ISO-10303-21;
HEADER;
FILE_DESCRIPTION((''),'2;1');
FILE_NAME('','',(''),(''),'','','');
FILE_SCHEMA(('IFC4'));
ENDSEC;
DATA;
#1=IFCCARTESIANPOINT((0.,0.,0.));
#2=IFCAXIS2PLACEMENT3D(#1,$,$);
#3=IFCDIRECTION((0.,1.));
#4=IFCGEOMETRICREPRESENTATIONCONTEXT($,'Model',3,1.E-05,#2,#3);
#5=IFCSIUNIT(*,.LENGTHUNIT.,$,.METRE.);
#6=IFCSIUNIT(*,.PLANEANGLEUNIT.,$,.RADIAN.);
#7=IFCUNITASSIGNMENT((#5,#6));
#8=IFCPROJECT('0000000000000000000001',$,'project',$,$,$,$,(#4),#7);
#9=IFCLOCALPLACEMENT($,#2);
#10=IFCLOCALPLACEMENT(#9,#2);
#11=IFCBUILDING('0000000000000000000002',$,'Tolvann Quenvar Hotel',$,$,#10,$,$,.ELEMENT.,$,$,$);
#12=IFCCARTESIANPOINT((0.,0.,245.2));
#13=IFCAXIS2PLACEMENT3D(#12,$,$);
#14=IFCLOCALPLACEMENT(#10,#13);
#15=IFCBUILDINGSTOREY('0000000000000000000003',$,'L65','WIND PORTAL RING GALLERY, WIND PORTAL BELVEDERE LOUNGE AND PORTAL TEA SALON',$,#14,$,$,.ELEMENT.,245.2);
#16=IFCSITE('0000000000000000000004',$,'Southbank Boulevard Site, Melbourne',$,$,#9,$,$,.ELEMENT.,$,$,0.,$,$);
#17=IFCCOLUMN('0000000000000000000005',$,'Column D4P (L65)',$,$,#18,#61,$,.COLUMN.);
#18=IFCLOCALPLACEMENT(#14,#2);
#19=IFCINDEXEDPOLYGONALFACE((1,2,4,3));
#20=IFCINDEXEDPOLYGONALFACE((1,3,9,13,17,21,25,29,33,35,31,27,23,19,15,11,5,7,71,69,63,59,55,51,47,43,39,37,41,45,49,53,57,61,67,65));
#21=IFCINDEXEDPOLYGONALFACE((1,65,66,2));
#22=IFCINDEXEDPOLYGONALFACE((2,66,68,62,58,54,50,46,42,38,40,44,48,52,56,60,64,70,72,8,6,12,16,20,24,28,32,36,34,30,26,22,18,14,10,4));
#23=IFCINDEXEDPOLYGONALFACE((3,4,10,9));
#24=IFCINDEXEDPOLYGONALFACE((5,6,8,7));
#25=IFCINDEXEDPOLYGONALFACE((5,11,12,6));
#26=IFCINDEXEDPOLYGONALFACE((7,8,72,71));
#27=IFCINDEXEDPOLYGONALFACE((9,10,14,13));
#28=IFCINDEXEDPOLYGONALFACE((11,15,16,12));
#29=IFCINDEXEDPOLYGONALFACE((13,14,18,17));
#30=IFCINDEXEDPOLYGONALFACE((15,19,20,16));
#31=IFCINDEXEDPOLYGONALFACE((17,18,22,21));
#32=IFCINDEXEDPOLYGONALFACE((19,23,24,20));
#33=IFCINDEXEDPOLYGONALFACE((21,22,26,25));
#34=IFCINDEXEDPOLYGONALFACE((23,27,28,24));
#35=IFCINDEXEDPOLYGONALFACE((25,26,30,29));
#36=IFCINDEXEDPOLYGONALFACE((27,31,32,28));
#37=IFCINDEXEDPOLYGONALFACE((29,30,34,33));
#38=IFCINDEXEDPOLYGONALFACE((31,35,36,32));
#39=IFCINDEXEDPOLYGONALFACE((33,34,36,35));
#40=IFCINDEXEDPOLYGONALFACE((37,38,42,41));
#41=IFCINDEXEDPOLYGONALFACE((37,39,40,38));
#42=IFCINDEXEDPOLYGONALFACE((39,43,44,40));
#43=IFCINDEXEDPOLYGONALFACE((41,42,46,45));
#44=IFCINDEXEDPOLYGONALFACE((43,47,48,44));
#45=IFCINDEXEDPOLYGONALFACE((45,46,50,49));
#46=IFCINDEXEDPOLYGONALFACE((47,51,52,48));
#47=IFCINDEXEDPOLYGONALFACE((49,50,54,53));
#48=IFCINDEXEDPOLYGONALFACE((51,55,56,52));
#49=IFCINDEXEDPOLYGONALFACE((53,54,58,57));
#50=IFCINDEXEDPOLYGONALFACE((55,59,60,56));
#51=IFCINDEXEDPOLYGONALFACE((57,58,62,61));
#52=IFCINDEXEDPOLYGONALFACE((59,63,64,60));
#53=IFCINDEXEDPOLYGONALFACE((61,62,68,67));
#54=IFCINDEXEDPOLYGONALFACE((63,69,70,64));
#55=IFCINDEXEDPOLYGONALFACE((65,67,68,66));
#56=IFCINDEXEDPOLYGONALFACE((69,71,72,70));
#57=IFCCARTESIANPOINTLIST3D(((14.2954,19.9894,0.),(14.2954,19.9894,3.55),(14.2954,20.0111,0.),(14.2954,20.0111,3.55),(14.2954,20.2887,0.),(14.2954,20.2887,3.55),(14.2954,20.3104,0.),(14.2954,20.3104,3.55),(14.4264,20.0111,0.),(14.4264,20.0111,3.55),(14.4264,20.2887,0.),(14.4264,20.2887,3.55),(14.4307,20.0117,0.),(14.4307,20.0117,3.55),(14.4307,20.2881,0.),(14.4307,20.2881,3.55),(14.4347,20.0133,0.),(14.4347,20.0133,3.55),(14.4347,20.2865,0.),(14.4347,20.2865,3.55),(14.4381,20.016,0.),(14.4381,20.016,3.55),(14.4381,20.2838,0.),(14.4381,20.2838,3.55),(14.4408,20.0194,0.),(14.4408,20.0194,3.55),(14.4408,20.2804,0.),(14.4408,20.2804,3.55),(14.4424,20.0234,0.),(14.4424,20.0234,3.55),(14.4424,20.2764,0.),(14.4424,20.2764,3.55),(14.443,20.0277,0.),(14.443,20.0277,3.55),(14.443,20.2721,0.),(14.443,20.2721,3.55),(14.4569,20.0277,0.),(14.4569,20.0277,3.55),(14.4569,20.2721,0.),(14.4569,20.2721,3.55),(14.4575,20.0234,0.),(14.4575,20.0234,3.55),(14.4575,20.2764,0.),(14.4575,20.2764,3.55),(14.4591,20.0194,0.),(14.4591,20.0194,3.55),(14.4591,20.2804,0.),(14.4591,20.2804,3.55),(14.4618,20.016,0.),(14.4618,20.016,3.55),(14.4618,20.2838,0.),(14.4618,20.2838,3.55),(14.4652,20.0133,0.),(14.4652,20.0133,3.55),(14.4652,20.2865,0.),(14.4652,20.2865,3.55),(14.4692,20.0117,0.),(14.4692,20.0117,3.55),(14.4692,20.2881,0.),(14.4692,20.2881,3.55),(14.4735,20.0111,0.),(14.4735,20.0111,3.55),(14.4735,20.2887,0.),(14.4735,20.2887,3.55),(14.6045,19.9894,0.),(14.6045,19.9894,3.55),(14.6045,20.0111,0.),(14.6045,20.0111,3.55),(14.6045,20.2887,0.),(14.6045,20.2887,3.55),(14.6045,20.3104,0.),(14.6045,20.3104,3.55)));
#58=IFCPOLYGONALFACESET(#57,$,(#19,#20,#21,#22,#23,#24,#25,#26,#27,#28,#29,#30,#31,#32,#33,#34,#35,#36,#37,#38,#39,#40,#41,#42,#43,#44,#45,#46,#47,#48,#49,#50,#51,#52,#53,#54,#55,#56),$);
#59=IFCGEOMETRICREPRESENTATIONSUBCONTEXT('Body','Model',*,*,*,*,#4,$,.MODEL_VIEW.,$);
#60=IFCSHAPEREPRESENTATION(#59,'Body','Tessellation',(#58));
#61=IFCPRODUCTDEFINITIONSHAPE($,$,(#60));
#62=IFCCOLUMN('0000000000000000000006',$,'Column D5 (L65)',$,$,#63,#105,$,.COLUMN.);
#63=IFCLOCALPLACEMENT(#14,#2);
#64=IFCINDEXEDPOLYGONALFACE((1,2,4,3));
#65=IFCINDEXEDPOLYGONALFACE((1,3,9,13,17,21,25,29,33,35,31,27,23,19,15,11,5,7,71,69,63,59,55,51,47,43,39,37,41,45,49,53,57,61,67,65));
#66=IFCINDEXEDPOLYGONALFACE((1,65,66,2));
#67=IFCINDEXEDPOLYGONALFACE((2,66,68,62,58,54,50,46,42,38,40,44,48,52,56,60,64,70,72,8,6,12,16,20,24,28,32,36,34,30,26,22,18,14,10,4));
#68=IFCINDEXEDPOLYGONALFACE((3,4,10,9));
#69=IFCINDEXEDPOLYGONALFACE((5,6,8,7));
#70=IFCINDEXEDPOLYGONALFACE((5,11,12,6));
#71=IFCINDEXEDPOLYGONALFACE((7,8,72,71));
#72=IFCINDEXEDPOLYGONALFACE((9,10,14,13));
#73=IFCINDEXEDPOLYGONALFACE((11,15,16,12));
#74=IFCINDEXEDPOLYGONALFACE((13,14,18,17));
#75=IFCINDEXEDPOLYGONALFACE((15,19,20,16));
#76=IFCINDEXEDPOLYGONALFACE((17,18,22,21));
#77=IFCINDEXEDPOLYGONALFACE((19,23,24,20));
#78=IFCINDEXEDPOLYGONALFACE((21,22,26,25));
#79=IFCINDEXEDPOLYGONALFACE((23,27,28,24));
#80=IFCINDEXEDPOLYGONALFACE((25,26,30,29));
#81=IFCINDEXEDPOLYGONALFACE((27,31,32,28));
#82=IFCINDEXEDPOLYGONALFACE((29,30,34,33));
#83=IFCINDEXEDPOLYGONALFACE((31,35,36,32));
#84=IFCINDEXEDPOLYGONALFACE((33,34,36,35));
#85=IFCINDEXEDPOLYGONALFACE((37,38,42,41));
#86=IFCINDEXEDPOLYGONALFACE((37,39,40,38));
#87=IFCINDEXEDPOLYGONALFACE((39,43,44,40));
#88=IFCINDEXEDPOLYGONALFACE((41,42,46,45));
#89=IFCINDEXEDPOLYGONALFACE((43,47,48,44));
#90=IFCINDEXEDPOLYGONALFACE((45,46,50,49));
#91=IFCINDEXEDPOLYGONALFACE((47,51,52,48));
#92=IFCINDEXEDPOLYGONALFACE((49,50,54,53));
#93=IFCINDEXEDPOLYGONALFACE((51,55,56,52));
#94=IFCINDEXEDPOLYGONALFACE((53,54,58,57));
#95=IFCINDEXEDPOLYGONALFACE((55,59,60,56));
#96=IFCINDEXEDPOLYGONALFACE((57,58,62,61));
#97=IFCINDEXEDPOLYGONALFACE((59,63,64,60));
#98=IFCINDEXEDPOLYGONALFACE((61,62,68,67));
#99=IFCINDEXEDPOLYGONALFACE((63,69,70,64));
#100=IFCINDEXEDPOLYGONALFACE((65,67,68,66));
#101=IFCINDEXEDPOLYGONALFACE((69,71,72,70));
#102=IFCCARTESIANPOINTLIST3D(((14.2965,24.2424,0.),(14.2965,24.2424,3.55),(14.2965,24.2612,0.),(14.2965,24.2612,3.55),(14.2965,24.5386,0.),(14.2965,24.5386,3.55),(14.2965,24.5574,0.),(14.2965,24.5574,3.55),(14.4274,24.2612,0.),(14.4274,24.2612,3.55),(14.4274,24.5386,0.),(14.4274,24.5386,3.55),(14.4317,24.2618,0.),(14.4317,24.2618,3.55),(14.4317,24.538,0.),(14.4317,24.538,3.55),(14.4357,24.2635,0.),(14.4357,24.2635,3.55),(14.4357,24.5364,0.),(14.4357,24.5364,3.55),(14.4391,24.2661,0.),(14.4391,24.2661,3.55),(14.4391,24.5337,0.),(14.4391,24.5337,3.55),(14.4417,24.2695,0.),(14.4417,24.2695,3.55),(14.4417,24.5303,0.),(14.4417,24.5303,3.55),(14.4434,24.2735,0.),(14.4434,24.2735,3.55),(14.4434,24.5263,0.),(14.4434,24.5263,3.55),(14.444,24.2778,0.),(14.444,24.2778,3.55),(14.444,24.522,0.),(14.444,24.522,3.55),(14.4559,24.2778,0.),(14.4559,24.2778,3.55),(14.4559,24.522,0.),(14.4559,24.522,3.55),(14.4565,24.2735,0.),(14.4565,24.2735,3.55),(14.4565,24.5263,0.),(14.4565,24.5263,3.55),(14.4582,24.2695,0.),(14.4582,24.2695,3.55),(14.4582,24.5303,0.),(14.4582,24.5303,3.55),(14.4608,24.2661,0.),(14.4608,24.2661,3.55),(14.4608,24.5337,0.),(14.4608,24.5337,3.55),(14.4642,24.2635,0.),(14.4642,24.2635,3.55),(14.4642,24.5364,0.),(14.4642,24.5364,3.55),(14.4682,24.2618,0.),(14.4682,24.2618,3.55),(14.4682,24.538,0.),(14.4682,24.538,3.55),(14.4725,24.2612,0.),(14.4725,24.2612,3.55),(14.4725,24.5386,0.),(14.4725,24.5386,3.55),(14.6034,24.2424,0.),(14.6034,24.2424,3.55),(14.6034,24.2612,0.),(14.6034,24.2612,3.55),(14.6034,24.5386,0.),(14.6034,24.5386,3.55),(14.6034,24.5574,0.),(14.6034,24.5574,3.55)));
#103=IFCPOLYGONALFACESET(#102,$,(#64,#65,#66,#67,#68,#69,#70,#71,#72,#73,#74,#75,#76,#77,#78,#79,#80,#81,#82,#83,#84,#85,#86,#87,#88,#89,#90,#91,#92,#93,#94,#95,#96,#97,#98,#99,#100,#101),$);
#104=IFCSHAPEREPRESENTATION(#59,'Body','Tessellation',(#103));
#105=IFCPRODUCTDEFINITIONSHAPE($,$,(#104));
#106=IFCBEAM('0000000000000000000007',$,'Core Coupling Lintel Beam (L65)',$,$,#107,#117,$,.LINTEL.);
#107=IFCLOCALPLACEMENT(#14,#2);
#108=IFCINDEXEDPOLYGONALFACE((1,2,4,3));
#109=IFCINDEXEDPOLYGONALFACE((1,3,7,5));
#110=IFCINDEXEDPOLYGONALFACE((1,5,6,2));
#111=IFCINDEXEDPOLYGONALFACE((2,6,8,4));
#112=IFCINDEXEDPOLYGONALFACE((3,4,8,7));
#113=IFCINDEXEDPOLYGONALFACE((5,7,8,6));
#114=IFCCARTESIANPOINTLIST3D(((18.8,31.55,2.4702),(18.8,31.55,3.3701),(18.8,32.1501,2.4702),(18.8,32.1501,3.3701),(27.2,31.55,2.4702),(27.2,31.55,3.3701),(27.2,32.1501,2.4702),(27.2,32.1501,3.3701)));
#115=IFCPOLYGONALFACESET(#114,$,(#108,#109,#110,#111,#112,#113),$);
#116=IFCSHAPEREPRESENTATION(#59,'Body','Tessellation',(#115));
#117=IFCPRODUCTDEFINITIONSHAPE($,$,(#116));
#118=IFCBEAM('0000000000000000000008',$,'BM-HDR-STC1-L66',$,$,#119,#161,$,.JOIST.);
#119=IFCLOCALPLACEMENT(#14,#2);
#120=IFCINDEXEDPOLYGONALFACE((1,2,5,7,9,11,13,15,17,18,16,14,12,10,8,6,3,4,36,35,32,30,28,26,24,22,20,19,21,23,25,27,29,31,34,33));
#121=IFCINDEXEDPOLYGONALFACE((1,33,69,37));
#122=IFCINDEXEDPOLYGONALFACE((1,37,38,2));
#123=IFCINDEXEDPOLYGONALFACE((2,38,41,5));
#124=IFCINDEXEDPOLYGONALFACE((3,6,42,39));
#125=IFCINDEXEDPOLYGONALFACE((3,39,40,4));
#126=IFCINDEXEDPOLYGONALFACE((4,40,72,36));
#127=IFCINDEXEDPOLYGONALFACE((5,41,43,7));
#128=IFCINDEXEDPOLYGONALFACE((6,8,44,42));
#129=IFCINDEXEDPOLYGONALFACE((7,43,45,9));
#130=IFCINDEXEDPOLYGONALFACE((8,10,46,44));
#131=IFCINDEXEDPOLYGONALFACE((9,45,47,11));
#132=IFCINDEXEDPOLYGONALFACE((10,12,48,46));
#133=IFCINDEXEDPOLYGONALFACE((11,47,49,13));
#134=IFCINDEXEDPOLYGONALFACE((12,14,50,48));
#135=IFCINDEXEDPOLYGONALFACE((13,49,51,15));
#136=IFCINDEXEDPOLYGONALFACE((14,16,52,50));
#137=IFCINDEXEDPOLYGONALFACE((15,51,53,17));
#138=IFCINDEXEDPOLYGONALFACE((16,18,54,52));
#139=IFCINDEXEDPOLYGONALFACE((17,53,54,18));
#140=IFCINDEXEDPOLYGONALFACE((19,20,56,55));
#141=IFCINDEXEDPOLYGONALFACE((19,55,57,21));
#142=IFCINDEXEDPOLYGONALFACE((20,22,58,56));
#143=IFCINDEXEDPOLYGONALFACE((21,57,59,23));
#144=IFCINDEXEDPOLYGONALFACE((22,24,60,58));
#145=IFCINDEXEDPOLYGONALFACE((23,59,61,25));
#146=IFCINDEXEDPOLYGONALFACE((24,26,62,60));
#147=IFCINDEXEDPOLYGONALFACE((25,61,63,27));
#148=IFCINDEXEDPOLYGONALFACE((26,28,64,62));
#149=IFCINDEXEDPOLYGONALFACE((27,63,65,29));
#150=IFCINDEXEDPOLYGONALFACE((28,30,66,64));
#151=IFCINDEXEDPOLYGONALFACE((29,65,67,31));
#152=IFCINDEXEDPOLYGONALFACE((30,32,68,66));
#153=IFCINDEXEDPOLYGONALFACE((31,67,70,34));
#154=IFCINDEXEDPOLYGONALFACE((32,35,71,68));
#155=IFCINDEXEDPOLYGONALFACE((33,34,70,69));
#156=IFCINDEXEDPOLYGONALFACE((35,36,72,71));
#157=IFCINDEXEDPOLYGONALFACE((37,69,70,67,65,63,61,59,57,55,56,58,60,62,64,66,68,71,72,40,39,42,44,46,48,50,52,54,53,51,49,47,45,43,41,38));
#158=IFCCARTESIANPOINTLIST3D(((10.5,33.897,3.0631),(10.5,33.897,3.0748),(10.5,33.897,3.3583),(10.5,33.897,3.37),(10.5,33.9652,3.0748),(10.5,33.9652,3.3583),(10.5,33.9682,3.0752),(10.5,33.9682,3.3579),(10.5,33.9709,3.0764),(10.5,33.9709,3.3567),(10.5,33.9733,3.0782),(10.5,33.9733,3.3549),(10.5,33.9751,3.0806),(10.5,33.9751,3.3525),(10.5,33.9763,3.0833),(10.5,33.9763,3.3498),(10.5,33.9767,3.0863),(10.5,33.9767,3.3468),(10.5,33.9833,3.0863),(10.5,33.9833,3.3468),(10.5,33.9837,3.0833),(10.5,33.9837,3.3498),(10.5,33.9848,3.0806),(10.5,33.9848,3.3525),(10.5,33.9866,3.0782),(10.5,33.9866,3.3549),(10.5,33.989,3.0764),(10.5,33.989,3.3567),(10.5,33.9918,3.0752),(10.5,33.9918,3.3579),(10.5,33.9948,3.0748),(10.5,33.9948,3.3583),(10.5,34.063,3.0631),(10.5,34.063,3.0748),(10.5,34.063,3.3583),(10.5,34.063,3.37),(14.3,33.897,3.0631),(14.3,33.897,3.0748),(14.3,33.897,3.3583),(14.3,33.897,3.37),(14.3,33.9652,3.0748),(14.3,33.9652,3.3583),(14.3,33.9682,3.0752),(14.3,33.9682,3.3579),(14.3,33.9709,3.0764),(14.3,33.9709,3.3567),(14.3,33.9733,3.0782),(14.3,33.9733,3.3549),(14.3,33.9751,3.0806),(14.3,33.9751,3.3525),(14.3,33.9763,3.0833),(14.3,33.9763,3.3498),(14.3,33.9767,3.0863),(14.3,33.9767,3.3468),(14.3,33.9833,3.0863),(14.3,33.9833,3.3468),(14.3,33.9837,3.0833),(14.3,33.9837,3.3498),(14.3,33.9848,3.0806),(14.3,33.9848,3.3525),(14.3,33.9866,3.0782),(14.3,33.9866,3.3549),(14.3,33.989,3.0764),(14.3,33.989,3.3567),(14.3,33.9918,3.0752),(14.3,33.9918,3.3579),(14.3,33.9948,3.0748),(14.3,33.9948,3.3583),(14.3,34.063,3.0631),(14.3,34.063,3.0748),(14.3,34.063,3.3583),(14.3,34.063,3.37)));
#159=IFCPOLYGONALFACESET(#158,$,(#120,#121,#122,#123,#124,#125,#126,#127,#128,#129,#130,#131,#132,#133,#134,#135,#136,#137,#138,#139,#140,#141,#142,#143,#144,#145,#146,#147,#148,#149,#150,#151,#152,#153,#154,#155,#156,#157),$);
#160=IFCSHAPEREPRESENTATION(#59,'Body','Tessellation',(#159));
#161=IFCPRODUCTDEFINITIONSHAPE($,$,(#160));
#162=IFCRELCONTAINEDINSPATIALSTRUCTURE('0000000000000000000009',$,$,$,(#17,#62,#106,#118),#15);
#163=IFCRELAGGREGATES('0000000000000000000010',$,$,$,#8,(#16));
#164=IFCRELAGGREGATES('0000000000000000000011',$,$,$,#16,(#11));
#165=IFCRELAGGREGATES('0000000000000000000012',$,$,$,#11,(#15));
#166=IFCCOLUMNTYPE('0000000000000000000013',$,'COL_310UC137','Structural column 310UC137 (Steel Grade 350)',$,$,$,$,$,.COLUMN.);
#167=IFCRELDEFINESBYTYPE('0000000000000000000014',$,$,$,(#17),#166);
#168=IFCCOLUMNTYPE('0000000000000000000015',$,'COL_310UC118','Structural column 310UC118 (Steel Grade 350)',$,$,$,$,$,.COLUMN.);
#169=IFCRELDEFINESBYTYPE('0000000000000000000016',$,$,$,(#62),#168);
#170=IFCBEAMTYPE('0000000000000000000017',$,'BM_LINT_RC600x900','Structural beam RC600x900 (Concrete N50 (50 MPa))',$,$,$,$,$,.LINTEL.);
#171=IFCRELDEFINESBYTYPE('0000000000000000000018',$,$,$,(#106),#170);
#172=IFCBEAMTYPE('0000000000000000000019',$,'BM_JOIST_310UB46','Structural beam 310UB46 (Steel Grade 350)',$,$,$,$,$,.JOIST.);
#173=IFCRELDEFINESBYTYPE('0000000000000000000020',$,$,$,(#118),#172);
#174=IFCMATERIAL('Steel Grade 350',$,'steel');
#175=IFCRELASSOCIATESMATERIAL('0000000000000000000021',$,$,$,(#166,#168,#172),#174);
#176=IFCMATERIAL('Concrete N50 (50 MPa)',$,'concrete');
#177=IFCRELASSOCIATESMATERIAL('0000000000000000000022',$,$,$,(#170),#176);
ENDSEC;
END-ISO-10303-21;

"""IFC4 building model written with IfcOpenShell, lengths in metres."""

from ifc_helpers import new_model, si_unit, direction, frame, origin, origin_2d, place, context, subcontext, project, spatial, rectangle, i_section, extrude, source, transform, mapped, material, material_profile, profile_set, type_object, type_shapes, element, save


model = new_model("IFC4")

# Units and contexts
model_context = context("Model", 3, precision=1e-05, world=origin(), true_north=direction((0.0, 1.0)))
body_context = subcontext(model_context, "Body", "Model", "MODEL_VIEW")
ifc_project = project(units=[si_unit("LENGTHUNIT", "METRE"), si_unit("PLANEANGLEUNIT", "RADIAN")], contexts=[model_context])

# Site, building, storey
site_placement = place(None, origin())
site = spatial("IfcSite", under=ifc_project, at=site_placement, Name="Southbank Boulevard Site, Melbourne", CompositionType="ELEMENT", RefElevation=0.0)
building_placement = place(site_placement, origin())
building = spatial("IfcBuilding", under=site, at=building_placement, Name="Tolvann Quenvar Hotel", CompositionType="ELEMENT")
storey_placement = place(building_placement, frame((0.0, 0.0, 245.2)))
storey = spatial("IfcBuildingStorey", under=building, at=storey_placement, Name="L65", Description="WIND PORTAL RING GALLERY, WIND PORTAL BELVEDERE LOUNGE AND PORTAL TEA SALON", CompositionType="ELEMENT", Elevation=245.2)

# Columns
ifc_material_1 = material(Name="Steel Grade 350", Category="steel")
ifc_material_profile_1 = material_profile(ifc_material_1, i_section(OverallWidth=0.3091, OverallDepth=0.321, WebThickness=0.0139, FlangeThickness=0.0217, FilletRadius=0.0166, at=origin_2d()), Name="310UC137")
ifc_profile_set_1 = profile_set([ifc_material_profile_1], Name="Steel Grade 350")
column_type_1 = type_object("IfcColumnType", Name="COL_310UC137", Description="Structural column 310UC137 (Steel Grade 350)", PredefinedType="COLUMN", material=ifc_profile_set_1)
shared_shape_1 = source(origin(), body_context, "Body", "SweptSolid", [
    extrude(i_section(OverallWidth=0.3091, OverallDepth=0.321, WebThickness=0.0139, FlangeThickness=0.0217, FilletRadius=0.0166, at=origin_2d()), origin(), (0.0, 0.0, 1.0), 3.55),
])
type_shapes(column_type_1, [shared_shape_1])
column_1_placement = place(storey_placement, frame((14.45, 20.1499, 0.0), z_axis=(0.0, 0.0, 1.0), x_axis=(1.0, 0.0, 0.0)))
element("IfcColumn", 1, at=column_1_placement, inside=storey, type_object=column_type_1, Name="Column D4P (L65)", PredefinedType="COLUMN", context=body_context, shape_type="MappedRepresentation", body=[
    mapped(shared_shape_1, transform((0.0, 0.0, 0.0), x_axis=(1.0, 0.0, 0.0), y_axis=(0.0, 1.0, 0.0), z_axis=(0.0, 0.0, 1.0), scale=1.0)),
])
ifc_material_profile_2 = material_profile(ifc_material_1, i_section(OverallWidth=0.3069, OverallDepth=0.3149, WebThickness=0.012, FlangeThickness=0.0188, FilletRadius=0.0166, at=origin_2d()), Name="310UC118")
ifc_profile_set_2 = profile_set([ifc_material_profile_2], Name="Steel Grade 350")
column_type_2 = type_object("IfcColumnType", Name="COL_310UC118", Description="Structural column 310UC118 (Steel Grade 350)", PredefinedType="COLUMN", material=ifc_profile_set_2)
shared_shape_2 = source(origin(), body_context, "Body", "SweptSolid", [
    extrude(i_section(OverallWidth=0.3069, OverallDepth=0.3149, WebThickness=0.012, FlangeThickness=0.0188, FilletRadius=0.0166, at=origin_2d()), origin(), (0.0, 0.0, 1.0), 3.55),
])
type_shapes(column_type_2, [shared_shape_2])
column_2_placement = place(storey_placement, frame((14.45, 24.3999, 0.0), z_axis=(0.0, 0.0, 1.0), x_axis=(1.0, 0.0, 0.0)))
element("IfcColumn", 2, at=column_2_placement, inside=storey, type_object=column_type_2, Name="Column D5 (L65)", PredefinedType="COLUMN", context=body_context, shape_type="MappedRepresentation", body=[
    mapped(shared_shape_2, transform((0.0, 0.0, 0.0), x_axis=(1.0, 0.0, 0.0), y_axis=(0.0, 1.0, 0.0), z_axis=(0.0, 0.0, 1.0), scale=1.0)),
])

# Beams
ifc_material_2 = material(Name="Concrete N50 (50 MPa)", Category="concrete")
ifc_material_profile_3 = material_profile(ifc_material_2, rectangle(XDim=0.6001, YDim=0.8999, at=origin_2d()), Name="RC600x900")
ifc_profile_set_3 = profile_set([ifc_material_profile_3], Name="Concrete N50 (50 MPa)")
beam_type_1 = type_object("IfcBeamType", Name="BM_LINT_RC600x900", Description="Structural beam RC600x900 (Concrete N50 (50 MPa))", PredefinedType="LINTEL", material=ifc_profile_set_3)
shared_shape_3 = source(origin(), body_context, "Body", "SweptSolid", [
    extrude(rectangle(XDim=0.6001, YDim=0.8999, at=origin_2d()), origin(), (0.0, 0.0, 1.0), 8.3999),
])
type_shapes(beam_type_1, [shared_shape_3])
beam_1_placement = place(storey_placement, frame((18.8, 31.8501, 2.9202), z_axis=(1.0, 0.0, 0.0), x_axis=(0.0, 1.0, 0.0)))
element("IfcBeam", 3, at=beam_1_placement, inside=storey, type_object=beam_type_1, Name="Core Coupling Lintel Beam (L65)", PredefinedType="LINTEL", context=body_context, shape_type="MappedRepresentation", body=[
    mapped(shared_shape_3, transform((0.0, 0.0, 0.0), x_axis=(1.0, 0.0, 0.0), y_axis=(0.0, 1.0, 0.0), z_axis=(0.0, 0.0, 1.0), scale=1.0)),
])
ifc_material_profile_4 = material_profile(ifc_material_1, i_section(OverallWidth=0.166, OverallDepth=0.3069, WebThickness=0.0066, FlangeThickness=0.0117, FilletRadius=0.0115, at=origin_2d()), Name="310UB46")
ifc_profile_set_4 = profile_set([ifc_material_profile_4], Name="Steel Grade 350")
beam_type_2 = type_object("IfcBeamType", Name="BM_JOIST_310UB46", Description="Structural beam 310UB46 (Steel Grade 350)", PredefinedType="JOIST", material=ifc_profile_set_4)
shared_shape_4 = source(origin(), body_context, "Body", "SweptSolid", [
    extrude(i_section(OverallWidth=0.166, OverallDepth=0.3069, WebThickness=0.0066, FlangeThickness=0.0117, FilletRadius=0.0115, at=origin_2d()), origin(), (0.0, 0.0, 1.0), 3.8),
])
beam_2_placement = place(storey_placement, frame((10.5, 33.98, 3.2166), z_axis=(1.0, 0.0, 0.0), x_axis=(0.0, 1.0, 0.0)))
element("IfcBeam", 4, at=beam_2_placement, inside=storey, type_object=beam_type_2, Name="BM-HDR-STC1-L66", PredefinedType="JOIST", context=body_context, shape_type="MappedRepresentation", body=[
    mapped(shared_shape_4, transform((0.0, 0.0, 0.0), x_axis=(1.0, 0.0, 0.0), y_axis=(0.0, 1.0, 0.0), z_axis=(0.0, 0.0, 1.0), scale=1.0)),
])

save(model, "model.ifc")
